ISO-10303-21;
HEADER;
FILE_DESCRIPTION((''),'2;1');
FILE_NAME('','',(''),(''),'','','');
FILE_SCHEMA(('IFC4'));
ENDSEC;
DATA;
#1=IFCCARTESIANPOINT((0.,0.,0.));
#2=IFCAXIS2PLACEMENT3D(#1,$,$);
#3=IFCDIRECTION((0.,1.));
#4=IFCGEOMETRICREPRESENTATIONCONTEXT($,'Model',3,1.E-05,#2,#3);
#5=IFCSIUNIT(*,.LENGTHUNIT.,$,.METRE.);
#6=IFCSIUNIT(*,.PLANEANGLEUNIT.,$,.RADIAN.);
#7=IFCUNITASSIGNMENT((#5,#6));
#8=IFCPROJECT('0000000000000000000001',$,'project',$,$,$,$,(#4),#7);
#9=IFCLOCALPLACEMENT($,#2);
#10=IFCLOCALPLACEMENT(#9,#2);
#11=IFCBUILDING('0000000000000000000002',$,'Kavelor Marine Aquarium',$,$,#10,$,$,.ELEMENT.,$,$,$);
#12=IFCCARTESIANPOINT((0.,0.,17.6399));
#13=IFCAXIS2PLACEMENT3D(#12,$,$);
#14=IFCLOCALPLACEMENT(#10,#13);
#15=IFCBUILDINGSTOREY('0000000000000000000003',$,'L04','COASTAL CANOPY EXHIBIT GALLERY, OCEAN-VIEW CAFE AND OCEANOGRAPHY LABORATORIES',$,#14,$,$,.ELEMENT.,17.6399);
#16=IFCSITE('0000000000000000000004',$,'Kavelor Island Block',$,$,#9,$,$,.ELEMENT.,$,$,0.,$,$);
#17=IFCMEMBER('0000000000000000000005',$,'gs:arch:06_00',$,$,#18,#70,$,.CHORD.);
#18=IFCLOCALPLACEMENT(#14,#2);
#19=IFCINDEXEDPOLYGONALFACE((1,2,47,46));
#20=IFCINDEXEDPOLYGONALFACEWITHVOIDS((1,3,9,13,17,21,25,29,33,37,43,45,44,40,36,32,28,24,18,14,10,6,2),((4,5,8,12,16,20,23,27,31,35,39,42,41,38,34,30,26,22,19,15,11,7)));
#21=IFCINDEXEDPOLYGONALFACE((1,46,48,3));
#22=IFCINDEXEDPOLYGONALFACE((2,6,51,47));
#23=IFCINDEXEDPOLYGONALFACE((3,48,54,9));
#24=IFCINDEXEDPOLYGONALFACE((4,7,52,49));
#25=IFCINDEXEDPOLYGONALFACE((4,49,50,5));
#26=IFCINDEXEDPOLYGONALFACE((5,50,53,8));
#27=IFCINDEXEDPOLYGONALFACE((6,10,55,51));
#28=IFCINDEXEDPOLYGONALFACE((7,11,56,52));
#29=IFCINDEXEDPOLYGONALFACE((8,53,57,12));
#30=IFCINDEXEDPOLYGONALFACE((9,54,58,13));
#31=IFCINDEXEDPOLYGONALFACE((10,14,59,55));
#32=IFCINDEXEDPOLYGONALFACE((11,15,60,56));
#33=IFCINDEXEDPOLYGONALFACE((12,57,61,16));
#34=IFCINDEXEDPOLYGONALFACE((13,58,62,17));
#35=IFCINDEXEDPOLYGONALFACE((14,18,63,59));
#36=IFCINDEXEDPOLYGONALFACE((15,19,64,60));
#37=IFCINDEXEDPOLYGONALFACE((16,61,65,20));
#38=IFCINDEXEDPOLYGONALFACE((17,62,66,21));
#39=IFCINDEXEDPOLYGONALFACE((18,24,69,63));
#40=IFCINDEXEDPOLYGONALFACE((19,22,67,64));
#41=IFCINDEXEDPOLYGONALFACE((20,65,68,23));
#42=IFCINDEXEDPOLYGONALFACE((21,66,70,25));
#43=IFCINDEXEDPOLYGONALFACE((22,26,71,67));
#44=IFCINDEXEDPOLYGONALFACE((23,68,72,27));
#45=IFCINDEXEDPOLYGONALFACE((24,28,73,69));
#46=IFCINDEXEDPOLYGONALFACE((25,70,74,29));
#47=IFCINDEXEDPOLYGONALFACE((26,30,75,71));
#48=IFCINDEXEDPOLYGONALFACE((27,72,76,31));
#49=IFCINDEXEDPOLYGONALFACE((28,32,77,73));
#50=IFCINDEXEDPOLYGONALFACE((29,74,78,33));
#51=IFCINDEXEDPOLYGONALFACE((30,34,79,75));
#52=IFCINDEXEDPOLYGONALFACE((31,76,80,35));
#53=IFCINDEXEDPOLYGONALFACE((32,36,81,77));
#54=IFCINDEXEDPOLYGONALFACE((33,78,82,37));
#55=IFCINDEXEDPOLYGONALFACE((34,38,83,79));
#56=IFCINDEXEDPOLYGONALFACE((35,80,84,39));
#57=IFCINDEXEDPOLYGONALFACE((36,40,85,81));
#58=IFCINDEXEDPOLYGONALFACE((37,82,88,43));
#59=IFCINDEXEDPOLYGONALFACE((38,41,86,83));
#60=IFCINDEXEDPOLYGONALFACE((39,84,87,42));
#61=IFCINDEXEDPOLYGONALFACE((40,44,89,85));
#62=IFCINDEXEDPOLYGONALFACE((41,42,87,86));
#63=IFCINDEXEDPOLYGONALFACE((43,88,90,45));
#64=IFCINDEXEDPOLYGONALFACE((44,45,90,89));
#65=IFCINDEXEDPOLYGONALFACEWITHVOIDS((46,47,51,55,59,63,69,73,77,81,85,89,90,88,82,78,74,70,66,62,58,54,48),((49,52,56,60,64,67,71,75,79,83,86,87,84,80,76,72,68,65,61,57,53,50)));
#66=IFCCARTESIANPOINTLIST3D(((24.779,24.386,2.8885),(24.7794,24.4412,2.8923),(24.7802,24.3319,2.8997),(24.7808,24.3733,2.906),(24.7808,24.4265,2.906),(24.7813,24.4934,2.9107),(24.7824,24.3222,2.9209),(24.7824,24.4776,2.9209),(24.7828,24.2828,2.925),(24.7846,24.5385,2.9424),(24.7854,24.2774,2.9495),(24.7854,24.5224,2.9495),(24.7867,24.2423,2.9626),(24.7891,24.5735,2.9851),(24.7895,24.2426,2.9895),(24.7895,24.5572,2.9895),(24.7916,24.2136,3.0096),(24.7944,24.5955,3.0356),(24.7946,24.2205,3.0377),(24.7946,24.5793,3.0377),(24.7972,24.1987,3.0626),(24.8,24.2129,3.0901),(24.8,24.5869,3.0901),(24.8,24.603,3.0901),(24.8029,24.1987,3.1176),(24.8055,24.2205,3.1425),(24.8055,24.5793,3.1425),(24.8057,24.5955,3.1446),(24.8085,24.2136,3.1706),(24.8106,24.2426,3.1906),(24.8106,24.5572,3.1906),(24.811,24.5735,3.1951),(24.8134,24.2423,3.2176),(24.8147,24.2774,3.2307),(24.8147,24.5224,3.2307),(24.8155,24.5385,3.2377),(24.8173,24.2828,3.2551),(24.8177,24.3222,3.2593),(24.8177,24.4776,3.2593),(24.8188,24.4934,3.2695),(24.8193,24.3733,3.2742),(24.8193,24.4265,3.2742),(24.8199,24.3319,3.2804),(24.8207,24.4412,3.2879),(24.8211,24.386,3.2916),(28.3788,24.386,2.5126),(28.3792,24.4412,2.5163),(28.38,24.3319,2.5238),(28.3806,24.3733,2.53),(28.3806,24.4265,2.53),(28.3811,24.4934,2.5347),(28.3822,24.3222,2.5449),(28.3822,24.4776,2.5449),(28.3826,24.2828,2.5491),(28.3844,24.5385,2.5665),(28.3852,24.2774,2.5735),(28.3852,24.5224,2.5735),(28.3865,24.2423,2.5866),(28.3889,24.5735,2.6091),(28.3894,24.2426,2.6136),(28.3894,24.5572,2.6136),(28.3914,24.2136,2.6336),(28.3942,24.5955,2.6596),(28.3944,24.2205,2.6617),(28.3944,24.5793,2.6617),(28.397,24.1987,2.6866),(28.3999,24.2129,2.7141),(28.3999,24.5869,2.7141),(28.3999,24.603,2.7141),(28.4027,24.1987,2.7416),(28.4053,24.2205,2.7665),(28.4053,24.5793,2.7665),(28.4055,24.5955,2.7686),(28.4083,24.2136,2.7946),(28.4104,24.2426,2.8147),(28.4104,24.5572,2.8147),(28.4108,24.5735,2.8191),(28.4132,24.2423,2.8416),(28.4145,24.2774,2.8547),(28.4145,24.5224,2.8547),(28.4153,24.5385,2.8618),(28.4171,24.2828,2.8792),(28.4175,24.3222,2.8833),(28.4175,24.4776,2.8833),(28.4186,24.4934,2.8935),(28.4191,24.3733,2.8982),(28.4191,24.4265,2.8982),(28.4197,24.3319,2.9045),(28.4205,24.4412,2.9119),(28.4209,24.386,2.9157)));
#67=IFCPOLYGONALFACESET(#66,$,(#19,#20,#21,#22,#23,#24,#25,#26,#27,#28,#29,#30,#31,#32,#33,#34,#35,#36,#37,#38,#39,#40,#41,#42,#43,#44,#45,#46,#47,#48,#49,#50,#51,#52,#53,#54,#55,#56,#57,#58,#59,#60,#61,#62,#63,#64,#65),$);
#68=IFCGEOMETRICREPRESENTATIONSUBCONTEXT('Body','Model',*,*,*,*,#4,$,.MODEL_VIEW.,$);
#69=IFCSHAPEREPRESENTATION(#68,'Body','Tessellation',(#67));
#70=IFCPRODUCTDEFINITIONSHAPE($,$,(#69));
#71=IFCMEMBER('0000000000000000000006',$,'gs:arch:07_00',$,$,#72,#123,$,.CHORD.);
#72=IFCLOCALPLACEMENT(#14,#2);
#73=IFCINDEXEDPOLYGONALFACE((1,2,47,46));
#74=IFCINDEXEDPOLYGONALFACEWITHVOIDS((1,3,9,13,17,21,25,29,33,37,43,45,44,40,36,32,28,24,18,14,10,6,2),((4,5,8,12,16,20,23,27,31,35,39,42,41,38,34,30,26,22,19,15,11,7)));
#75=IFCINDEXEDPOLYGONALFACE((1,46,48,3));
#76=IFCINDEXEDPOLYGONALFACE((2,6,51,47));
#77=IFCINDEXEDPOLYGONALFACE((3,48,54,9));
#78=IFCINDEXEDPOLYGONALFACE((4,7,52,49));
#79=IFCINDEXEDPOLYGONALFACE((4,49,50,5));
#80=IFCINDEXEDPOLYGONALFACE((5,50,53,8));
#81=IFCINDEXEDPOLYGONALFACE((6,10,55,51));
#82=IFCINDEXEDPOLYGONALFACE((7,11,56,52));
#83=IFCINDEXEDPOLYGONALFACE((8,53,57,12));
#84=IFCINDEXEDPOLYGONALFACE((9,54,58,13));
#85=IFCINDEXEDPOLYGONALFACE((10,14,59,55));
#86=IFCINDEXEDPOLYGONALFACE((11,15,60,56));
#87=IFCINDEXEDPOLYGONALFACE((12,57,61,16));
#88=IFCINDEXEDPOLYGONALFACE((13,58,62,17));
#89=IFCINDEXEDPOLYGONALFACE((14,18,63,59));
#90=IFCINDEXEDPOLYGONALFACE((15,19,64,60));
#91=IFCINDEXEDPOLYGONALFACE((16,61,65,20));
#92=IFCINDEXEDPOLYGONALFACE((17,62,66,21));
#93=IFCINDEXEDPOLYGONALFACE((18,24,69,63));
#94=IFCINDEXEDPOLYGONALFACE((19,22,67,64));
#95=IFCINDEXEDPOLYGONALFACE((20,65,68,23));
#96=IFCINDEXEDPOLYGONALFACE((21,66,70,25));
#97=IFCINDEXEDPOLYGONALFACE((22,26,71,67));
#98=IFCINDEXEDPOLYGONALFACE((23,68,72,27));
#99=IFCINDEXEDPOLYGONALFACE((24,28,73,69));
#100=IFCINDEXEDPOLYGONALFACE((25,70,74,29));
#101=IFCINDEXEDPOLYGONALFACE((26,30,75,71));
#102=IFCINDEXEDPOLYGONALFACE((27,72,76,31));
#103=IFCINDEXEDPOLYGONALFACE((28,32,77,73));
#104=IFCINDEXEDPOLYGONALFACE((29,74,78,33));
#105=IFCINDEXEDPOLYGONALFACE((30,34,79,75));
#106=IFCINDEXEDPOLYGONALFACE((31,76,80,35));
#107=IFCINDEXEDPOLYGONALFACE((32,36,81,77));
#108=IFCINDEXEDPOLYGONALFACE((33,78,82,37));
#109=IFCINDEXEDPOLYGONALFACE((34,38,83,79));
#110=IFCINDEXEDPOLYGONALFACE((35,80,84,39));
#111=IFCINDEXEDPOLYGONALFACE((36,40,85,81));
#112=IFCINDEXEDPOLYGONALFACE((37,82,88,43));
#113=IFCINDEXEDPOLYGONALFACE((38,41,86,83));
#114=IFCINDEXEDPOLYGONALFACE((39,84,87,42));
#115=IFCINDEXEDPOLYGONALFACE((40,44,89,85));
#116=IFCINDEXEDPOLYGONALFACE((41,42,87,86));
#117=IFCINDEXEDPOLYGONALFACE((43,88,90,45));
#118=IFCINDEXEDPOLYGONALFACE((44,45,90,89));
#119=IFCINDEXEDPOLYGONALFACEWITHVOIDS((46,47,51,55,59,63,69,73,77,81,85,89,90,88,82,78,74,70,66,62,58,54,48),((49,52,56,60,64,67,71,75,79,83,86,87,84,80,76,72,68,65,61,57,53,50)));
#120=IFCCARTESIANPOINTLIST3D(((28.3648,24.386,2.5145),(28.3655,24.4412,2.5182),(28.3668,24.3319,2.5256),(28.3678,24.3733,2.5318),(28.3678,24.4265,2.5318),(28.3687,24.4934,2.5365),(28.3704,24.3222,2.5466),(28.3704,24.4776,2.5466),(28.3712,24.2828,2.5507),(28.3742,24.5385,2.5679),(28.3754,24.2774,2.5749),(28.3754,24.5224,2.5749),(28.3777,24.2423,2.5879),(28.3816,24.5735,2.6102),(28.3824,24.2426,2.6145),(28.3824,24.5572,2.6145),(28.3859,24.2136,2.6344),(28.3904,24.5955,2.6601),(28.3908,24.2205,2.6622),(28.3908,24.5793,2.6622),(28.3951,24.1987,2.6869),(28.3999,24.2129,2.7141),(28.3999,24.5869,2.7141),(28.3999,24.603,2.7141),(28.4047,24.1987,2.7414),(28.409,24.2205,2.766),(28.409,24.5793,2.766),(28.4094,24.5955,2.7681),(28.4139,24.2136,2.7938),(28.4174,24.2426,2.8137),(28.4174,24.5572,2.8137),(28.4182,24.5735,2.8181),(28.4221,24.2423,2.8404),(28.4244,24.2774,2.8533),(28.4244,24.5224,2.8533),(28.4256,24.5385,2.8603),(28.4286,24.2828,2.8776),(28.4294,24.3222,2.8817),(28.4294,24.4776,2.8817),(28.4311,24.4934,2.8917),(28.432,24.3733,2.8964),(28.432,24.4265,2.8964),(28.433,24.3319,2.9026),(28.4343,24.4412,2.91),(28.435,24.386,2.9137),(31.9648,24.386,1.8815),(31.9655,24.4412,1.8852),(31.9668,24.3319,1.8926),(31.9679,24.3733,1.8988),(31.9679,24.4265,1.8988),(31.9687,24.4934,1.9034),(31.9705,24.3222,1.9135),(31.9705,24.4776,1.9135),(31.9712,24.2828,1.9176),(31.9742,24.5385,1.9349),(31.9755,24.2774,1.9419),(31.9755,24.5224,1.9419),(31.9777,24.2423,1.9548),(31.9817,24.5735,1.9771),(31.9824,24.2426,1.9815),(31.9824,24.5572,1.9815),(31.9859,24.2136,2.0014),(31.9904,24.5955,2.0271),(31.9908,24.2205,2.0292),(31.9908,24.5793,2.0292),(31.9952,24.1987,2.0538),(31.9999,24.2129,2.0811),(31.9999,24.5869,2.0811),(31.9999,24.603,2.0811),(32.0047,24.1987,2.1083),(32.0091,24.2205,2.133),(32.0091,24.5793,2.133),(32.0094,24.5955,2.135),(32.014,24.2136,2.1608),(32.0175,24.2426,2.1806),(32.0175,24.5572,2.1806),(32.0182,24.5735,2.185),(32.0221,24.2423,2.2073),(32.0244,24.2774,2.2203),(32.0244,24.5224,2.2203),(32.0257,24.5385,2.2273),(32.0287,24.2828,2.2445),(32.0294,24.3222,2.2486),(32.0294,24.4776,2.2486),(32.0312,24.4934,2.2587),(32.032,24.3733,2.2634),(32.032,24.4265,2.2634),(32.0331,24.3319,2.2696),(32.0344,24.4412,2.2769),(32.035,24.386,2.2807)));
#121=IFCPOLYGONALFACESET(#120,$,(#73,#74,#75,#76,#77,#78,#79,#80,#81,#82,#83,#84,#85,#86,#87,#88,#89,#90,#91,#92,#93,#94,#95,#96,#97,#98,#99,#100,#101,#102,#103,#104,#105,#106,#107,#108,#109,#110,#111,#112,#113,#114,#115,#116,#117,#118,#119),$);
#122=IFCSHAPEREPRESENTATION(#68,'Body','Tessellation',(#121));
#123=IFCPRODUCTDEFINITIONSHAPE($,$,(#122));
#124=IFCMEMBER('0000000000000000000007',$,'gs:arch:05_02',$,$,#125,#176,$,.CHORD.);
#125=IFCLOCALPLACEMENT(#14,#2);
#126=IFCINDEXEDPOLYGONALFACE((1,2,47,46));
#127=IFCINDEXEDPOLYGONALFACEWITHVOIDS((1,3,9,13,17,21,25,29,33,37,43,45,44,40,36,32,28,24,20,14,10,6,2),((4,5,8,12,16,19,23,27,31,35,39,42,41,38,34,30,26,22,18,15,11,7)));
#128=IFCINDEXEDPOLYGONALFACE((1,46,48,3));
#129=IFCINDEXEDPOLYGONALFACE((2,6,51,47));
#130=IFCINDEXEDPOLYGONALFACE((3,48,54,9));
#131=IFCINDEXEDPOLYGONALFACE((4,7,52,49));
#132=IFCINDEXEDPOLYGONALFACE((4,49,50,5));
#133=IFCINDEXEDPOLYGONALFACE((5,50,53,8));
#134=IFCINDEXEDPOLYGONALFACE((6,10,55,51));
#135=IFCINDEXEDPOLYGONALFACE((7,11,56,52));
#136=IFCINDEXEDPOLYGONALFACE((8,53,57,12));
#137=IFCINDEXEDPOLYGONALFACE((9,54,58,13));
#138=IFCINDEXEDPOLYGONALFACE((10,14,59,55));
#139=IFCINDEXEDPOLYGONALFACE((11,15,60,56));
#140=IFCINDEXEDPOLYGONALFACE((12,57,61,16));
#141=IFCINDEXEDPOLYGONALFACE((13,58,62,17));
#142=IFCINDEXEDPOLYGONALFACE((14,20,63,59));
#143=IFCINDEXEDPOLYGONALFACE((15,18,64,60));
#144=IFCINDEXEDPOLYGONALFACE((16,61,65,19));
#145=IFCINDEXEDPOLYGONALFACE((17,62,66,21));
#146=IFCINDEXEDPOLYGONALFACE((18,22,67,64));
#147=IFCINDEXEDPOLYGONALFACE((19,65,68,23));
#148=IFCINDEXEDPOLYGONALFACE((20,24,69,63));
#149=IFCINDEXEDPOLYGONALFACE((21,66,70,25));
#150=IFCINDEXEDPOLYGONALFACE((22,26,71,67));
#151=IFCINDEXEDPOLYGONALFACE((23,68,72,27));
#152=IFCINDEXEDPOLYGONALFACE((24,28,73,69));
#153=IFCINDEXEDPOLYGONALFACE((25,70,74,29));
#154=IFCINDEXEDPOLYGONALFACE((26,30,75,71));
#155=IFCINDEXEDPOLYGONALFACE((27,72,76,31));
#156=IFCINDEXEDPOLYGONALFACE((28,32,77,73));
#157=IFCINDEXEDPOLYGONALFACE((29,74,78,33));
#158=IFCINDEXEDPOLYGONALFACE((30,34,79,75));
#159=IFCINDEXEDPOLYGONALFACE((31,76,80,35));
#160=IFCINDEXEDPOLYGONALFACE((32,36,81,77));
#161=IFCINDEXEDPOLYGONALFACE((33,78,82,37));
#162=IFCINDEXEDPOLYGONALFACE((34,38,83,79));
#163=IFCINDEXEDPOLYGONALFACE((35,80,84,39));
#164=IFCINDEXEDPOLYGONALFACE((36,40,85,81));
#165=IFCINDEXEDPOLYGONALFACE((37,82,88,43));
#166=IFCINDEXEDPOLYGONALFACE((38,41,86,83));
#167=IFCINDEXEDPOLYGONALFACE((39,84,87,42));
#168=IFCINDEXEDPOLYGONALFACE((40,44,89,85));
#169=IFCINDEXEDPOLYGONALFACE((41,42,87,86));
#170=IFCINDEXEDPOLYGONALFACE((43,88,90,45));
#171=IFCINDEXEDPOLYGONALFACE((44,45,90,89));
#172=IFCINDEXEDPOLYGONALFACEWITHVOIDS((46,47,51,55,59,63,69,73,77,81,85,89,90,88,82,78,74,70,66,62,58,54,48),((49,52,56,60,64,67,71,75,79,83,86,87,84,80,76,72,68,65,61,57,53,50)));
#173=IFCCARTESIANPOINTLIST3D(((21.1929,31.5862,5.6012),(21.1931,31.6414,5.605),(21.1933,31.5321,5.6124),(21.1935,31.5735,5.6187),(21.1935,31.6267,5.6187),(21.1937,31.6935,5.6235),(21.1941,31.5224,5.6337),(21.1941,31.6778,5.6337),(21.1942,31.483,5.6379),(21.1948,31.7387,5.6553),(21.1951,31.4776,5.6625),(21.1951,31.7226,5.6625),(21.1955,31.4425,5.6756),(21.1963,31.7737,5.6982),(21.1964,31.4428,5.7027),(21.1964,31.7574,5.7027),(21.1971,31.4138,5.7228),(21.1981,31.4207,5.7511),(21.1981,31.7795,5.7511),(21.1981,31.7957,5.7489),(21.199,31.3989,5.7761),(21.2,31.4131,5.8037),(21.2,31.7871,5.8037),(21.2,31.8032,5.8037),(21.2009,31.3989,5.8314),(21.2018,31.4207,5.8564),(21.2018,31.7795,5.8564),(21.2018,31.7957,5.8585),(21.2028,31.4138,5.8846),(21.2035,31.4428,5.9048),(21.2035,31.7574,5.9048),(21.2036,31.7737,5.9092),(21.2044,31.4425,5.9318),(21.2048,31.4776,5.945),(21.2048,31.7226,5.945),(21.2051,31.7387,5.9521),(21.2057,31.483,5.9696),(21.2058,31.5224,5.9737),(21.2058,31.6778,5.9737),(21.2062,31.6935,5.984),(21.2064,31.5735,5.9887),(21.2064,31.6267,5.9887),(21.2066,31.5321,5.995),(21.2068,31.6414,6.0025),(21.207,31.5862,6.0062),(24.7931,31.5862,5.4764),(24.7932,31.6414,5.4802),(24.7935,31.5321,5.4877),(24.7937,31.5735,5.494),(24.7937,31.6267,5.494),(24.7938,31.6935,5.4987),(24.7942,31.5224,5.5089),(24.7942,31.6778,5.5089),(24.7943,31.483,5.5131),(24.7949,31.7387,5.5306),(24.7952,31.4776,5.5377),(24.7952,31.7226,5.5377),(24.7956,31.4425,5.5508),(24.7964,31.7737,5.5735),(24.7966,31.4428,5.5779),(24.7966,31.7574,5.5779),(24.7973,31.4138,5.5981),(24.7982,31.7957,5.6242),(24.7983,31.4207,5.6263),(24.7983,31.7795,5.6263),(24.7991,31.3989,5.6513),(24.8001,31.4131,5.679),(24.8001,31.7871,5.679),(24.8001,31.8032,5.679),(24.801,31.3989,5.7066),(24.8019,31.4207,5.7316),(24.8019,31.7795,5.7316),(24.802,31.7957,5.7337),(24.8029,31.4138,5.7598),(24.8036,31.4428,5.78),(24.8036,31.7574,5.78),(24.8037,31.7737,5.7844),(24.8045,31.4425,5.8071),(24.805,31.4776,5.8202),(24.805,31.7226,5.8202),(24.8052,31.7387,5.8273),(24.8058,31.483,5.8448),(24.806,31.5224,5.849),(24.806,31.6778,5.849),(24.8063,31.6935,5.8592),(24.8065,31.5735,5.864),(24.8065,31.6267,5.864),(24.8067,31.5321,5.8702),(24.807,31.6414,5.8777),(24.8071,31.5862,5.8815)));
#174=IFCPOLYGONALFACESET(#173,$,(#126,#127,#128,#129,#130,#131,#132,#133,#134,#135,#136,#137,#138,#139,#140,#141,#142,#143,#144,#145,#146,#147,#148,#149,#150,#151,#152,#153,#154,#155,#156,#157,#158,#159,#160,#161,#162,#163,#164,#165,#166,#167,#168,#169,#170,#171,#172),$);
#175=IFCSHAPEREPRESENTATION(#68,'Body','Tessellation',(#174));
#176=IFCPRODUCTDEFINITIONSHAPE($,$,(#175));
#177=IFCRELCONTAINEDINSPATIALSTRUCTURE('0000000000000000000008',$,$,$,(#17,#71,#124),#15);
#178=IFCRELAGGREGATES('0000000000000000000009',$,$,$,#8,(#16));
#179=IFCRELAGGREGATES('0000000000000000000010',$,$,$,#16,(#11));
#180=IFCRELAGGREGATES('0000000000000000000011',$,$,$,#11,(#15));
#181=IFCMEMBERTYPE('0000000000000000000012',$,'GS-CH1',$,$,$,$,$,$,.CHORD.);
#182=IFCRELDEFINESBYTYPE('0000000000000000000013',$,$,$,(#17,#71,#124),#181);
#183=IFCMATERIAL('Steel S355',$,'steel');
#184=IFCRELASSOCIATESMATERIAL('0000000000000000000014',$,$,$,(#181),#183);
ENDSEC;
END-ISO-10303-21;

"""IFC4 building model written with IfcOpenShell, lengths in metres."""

from ifc_helpers import new_model, si_unit, direction, frame, origin, origin_2d, place, context, subcontext, project, spatial, hollow_circle, extrude, material, material_profile, profile_set, type_object, element, save


model = new_model("IFC4")

# Units and contexts
model_context = context("Model", 3, precision=1e-05, world=origin(), true_north=direction((0.0, 1.0)))
body_context = subcontext(model_context, "Body", "Model", "MODEL_VIEW")
ifc_project = project(units=[si_unit("LENGTHUNIT", "METRE"), si_unit("PLANEANGLEUNIT", "RADIAN")], contexts=[model_context])

# Site, building, storey
site_placement = place(None, origin())
site = spatial("IfcSite", under=ifc_project, at=site_placement, Name="Kavelor Island Block", CompositionType="ELEMENT", RefElevation=0.0)
building_placement = place(site_placement, origin())
building = spatial("IfcBuilding", under=site, at=building_placement, Name="Kavelor Marine Aquarium", CompositionType="ELEMENT")
storey_placement = place(building_placement, frame((0.0, 0.0, 17.6399)))
storey = spatial("IfcBuildingStorey", under=building, at=storey_placement, Name="L04", Description="COASTAL CANOPY EXHIBIT GALLERY, OCEAN-VIEW CAFE AND OCEANOGRAPHY LABORATORIES", CompositionType="ELEMENT", Elevation=17.6399)

# Members
ifc_material_1 = material(Name="Steel S355", Category="steel")
ifc_material_profile_1 = material_profile(ifc_material_1, hollow_circle(Radius=0.2031, WallThickness=0.0161, at=origin_2d()), Name="CHS 406.4x16.0")
ifc_profile_set_1 = profile_set([ifc_material_profile_1], Name="Steel S355")
member_type_1 = type_object("IfcMemberType", Name="GS-CH1", PredefinedType="CHORD", material=ifc_profile_set_1)
member_1_placement = place(storey_placement, frame((24.8, 24.3999, 3.0901), z_axis=(0.99459, 0.0, -0.103877), x_axis=(0.0, 1.0, 0.0)))
element("IfcMember", 1, at=member_1_placement, inside=storey, type_object=member_type_1, Name="gs:arch:06_00", PredefinedType="CHORD", context=body_context, shape_type="SweptSolid", body=[
    extrude(hollow_circle(Radius=0.2031, WallThickness=0.0161, at=origin_2d()), origin(), (0.0, 0.0, 1.0), 3.6194),
])
member_2_placement = place(storey_placement, frame((28.3999, 24.3999, 2.7141), z_axis=(0.984889, 0.0, -0.173187), x_axis=(0.0, 1.0, 0.0)))
element("IfcMember", 2, at=member_2_placement, inside=storey, type_object=member_type_1, Name="gs:arch:07_00", PredefinedType="CHORD", context=body_context, shape_type="SweptSolid", body=[
    extrude(hollow_circle(Radius=0.2031, WallThickness=0.0161, at=origin_2d()), origin(), (0.0, 0.0, 1.0), 3.6553),
])
member_3_placement = place(storey_placement, frame((21.2, 31.6001, 5.8037), z_axis=(0.9994, 0.0, -0.034633), x_axis=(0.0, 1.0, 0.0)))
element("IfcMember", 3, at=member_3_placement, inside=storey, type_object=member_type_1, Name="gs:arch:05_02", PredefinedType="CHORD", context=body_context, shape_type="SweptSolid", body=[
    extrude(hollow_circle(Radius=0.2031, WallThickness=0.0161, at=origin_2d()), origin(), (0.0, 0.0, 1.0), 3.6023),
])

save(model, "model.ifc")
